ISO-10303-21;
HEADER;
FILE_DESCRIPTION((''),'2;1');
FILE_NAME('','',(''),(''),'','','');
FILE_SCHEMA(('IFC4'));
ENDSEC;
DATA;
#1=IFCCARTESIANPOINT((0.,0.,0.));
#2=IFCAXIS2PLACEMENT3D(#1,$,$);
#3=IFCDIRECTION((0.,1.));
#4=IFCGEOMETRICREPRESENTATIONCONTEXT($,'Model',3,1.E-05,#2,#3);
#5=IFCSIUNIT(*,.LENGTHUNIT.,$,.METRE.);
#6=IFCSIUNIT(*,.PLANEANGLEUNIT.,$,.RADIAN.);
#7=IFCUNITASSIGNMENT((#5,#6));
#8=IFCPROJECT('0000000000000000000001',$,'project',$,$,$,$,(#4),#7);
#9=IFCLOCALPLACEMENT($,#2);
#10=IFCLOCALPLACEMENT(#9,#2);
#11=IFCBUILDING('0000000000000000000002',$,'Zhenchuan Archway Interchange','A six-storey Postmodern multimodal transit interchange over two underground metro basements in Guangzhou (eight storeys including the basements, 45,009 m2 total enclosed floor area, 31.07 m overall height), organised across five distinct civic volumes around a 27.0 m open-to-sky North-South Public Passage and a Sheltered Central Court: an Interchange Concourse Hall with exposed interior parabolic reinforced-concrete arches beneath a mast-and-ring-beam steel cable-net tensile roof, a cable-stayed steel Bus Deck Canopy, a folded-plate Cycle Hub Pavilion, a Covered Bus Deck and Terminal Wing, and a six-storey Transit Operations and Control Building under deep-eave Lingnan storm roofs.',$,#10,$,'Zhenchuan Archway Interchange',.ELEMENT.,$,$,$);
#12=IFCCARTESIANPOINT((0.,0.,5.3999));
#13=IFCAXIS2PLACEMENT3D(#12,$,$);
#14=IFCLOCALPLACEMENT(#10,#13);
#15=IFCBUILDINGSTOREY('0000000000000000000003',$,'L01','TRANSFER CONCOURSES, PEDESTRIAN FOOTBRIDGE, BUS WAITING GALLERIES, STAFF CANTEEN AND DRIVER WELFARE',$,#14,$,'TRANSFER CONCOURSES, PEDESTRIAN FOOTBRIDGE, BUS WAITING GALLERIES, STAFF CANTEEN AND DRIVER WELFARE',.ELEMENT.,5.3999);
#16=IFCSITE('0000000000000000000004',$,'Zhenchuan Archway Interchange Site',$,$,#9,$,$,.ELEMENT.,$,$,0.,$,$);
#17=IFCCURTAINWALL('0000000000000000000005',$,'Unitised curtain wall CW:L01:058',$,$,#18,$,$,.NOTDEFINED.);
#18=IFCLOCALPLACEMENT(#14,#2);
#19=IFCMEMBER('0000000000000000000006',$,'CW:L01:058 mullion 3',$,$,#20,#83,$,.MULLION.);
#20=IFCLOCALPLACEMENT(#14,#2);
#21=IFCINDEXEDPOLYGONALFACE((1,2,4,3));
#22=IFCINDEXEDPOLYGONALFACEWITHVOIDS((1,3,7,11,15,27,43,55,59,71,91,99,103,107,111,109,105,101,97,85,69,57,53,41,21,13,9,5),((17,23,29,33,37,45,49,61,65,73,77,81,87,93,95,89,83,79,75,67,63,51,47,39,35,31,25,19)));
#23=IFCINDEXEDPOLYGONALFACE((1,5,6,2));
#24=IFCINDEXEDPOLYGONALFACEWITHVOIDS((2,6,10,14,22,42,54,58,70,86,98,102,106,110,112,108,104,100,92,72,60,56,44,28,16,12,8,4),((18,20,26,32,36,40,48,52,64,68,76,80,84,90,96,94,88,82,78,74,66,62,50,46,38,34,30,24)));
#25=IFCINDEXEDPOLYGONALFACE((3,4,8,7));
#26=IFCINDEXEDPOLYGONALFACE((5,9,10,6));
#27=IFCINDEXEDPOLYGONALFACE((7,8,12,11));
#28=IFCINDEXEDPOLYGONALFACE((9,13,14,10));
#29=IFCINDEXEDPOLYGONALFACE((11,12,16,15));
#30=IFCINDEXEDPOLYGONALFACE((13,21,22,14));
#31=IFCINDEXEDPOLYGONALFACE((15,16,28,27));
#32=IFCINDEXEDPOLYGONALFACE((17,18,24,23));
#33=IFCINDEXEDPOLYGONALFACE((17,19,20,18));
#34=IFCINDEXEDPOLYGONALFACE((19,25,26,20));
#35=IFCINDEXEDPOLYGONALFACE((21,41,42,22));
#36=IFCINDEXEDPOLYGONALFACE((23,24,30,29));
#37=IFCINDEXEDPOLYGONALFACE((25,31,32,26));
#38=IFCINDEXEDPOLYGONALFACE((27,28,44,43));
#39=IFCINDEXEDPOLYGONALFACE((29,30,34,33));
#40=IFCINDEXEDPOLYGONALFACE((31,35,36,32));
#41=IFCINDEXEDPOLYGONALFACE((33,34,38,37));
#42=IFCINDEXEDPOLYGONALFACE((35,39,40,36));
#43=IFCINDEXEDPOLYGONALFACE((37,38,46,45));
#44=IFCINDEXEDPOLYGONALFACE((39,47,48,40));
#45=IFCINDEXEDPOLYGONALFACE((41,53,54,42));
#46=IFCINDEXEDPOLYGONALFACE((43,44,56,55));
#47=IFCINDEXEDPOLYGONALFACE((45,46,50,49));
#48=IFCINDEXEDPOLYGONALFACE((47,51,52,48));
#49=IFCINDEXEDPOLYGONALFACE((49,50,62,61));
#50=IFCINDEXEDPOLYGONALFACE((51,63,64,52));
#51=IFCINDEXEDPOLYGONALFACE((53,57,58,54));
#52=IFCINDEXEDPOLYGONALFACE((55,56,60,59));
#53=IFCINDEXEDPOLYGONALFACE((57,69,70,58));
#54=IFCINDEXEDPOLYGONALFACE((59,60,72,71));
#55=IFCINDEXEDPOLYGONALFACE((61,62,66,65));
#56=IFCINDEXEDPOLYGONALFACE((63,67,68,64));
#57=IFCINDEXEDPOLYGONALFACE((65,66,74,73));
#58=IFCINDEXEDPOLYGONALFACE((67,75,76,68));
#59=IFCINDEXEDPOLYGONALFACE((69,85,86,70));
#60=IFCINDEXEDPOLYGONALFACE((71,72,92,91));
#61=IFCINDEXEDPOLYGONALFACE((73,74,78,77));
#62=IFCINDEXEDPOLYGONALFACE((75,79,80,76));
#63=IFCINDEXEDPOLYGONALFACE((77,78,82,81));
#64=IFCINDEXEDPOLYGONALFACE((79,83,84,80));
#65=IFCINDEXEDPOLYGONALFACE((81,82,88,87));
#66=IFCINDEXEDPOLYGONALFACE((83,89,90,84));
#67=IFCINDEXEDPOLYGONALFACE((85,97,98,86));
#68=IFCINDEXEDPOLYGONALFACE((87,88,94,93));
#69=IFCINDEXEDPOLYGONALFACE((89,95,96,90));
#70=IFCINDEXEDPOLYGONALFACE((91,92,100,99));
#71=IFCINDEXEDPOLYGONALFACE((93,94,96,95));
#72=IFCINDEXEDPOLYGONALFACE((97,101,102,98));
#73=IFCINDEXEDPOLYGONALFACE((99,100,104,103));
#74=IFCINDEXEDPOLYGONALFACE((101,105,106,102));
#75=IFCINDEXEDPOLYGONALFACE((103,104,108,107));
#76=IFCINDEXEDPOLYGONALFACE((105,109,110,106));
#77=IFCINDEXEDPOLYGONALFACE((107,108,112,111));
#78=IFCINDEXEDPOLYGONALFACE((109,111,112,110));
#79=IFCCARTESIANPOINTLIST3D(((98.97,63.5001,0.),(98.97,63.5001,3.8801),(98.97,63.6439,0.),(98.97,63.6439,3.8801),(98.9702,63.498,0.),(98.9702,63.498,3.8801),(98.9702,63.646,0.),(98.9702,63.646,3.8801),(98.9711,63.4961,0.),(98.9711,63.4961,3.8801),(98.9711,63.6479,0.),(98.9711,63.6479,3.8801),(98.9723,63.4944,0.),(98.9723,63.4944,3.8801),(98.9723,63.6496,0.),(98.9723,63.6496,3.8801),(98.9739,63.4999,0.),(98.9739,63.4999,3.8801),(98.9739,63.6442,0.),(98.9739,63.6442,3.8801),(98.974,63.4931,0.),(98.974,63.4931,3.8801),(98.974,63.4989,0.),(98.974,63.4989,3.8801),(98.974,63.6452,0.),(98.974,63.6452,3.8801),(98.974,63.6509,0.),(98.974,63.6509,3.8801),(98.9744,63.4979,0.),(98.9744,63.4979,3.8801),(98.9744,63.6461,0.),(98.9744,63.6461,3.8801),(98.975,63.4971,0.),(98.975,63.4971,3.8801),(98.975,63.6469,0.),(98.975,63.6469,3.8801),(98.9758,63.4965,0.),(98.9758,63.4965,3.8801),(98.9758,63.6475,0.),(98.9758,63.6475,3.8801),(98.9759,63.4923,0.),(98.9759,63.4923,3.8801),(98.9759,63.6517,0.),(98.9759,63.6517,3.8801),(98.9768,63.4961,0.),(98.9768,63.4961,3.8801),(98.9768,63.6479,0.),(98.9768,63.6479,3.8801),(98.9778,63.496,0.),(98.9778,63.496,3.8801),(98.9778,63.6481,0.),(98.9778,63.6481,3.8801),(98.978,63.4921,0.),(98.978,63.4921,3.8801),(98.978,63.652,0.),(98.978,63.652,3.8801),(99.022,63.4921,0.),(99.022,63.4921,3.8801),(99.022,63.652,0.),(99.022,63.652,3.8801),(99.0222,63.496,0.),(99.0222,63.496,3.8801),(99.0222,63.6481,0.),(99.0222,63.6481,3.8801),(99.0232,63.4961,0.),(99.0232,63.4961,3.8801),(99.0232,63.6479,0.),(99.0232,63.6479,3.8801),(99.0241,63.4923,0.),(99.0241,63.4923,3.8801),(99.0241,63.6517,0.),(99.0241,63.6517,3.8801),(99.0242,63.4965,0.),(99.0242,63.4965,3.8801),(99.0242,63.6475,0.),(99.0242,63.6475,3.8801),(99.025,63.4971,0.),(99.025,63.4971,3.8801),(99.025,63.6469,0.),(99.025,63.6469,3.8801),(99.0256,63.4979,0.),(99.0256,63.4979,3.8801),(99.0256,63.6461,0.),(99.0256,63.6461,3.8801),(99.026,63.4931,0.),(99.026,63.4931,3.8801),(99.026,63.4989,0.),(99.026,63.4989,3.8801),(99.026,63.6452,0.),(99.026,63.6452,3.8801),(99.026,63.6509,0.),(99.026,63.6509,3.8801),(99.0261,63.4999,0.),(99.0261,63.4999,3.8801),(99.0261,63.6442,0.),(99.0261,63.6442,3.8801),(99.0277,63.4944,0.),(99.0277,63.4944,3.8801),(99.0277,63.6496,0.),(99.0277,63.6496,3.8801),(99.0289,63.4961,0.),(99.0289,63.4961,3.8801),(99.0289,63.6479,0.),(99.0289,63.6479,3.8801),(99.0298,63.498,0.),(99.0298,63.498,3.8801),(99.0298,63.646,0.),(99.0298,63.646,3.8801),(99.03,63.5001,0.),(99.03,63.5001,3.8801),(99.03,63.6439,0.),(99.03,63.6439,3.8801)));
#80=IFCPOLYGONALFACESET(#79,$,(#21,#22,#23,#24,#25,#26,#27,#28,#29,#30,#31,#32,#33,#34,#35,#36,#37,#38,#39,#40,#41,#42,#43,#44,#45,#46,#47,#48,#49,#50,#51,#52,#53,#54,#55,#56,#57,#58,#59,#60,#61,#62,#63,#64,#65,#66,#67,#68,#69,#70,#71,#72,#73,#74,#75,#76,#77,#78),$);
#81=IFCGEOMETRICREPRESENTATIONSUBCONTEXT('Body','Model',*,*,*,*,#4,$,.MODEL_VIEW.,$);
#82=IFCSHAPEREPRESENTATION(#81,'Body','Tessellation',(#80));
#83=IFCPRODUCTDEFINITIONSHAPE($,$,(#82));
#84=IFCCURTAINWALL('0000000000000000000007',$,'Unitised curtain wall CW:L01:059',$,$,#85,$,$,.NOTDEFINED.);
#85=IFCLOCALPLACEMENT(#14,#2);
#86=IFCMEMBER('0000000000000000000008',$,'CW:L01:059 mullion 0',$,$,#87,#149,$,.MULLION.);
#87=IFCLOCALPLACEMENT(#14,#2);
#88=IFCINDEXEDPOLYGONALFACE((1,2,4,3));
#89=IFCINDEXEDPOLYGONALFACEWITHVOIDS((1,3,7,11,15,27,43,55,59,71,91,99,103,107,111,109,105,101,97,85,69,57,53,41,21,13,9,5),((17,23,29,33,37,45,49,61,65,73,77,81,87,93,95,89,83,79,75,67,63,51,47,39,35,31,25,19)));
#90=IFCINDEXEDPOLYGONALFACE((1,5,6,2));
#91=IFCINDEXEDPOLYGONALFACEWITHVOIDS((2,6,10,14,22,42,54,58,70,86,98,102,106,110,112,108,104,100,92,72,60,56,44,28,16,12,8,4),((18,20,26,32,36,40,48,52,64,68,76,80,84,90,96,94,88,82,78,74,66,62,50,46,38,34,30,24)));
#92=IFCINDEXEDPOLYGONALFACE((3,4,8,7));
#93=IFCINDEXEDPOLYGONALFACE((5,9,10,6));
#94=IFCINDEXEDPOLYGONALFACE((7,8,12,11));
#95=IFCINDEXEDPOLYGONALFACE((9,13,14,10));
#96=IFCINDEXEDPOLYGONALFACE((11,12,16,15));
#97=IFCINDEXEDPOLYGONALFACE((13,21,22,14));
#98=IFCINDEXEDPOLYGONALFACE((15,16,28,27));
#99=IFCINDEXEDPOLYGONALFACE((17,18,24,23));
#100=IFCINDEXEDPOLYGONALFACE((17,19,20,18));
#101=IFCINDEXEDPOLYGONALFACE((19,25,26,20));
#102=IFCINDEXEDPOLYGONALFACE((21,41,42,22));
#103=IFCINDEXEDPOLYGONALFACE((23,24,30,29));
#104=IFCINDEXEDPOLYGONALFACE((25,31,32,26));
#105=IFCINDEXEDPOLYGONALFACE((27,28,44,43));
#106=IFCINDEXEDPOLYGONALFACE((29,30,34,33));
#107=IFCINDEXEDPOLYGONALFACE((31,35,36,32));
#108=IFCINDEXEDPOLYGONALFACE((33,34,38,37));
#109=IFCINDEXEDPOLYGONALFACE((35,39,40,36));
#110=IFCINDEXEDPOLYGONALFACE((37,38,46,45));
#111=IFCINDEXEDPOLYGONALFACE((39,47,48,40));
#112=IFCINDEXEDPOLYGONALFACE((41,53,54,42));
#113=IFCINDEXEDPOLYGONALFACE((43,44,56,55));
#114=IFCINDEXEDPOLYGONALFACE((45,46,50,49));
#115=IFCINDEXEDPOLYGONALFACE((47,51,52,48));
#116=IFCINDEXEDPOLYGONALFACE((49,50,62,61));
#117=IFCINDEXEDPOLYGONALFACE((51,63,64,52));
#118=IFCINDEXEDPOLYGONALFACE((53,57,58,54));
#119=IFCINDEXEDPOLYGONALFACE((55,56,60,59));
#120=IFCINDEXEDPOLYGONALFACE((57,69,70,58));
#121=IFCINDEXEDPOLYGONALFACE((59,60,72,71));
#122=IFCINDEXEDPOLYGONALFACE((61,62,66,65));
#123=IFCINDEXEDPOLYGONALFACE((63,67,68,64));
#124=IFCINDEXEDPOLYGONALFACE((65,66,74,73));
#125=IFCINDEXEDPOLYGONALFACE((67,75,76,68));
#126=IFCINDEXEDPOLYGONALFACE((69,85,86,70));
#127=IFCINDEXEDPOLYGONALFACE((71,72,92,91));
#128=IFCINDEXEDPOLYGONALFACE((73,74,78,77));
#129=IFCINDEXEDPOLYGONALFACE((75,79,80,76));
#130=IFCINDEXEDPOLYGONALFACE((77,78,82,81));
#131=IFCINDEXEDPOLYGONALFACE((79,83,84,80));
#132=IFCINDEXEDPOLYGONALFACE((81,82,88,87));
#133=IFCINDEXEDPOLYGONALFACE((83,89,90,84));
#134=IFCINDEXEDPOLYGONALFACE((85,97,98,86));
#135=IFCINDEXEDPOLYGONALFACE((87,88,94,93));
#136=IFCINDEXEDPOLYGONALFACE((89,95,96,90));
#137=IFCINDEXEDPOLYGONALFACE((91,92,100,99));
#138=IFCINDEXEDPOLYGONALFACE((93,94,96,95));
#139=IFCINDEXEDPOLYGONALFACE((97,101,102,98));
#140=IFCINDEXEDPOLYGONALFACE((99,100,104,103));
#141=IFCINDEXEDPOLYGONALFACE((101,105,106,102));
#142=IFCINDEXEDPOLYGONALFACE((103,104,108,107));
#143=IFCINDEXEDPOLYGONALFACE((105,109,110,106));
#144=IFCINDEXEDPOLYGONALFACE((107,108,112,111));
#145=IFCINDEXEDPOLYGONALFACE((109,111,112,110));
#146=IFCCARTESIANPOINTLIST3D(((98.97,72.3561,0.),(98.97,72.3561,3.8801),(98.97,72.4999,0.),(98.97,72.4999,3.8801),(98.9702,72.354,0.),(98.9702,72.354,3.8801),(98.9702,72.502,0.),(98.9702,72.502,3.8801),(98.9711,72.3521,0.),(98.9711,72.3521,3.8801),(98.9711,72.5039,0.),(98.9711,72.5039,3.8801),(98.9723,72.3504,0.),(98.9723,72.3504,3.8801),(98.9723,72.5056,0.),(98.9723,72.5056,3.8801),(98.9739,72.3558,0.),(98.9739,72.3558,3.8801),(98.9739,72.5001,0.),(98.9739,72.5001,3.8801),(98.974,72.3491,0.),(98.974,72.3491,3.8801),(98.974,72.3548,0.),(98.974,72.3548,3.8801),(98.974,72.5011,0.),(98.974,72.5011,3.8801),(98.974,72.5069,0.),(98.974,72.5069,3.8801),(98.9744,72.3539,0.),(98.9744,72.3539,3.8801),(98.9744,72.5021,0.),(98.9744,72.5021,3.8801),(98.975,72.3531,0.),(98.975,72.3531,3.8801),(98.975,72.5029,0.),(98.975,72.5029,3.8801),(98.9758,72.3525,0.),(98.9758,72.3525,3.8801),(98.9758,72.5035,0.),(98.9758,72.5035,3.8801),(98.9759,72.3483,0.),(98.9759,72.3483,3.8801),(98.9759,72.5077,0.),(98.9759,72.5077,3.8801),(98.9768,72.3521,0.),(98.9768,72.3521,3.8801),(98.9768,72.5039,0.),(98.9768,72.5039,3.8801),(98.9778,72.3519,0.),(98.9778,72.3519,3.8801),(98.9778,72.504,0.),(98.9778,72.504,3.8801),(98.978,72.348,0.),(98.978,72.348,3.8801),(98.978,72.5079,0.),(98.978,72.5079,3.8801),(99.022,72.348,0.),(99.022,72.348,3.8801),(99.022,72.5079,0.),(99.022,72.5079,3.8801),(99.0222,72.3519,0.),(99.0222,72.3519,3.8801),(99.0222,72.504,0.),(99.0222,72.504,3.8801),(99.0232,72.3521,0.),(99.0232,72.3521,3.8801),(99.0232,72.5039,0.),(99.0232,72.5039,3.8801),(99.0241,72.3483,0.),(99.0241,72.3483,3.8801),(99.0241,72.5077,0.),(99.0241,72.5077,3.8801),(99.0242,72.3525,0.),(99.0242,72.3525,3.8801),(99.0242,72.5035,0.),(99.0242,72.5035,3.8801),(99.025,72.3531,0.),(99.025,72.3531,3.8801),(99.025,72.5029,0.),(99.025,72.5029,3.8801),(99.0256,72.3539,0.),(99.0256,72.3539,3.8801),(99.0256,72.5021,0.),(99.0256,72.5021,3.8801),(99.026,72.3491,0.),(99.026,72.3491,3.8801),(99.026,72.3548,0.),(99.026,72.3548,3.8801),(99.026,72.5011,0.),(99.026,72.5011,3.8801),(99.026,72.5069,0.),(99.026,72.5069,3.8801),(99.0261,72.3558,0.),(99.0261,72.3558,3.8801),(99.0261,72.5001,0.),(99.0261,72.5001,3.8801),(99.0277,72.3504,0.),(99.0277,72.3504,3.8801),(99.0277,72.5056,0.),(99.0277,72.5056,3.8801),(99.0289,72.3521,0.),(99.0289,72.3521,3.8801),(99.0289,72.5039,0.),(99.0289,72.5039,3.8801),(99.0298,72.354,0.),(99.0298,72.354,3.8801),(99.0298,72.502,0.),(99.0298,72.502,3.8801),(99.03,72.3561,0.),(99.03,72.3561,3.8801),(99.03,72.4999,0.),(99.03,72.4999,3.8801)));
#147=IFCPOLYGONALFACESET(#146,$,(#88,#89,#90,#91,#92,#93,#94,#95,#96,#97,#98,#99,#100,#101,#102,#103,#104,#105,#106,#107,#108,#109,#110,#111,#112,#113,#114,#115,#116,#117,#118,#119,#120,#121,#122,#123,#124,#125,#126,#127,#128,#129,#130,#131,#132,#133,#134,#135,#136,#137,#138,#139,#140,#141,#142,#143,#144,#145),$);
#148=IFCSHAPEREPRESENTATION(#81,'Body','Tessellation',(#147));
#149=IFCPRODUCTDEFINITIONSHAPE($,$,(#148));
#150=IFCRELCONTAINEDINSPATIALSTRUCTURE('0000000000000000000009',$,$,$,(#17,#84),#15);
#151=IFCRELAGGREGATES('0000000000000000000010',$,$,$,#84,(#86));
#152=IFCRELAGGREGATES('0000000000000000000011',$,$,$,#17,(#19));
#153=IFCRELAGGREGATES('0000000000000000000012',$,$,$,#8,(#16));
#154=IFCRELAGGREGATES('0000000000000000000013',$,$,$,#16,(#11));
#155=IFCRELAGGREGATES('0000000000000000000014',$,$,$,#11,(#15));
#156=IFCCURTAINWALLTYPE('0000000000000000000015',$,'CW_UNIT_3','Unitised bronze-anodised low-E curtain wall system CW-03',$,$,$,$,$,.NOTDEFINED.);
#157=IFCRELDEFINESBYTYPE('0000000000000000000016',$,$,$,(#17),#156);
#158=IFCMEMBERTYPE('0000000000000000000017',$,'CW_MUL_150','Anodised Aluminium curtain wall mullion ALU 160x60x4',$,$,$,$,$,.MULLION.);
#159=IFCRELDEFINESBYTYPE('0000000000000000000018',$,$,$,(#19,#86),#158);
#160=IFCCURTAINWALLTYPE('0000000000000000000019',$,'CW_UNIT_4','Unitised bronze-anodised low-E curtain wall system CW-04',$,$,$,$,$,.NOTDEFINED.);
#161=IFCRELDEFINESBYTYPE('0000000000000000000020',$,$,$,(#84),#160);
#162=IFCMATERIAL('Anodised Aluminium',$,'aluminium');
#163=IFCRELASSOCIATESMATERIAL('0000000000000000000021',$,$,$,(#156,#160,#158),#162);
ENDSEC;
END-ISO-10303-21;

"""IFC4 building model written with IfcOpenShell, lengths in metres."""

from ifc_helpers import new_model, si_unit, direction, frame, origin, origin_2d, place, context, subcontext, project, spatial, hollow_rectangle, extrude, material, material_profile, profile_set, type_object, element, aggregate, save


model = new_model("IFC4")

# Units and contexts
model_context = context("Model", 3, precision=1e-05, world=origin(), true_north=direction((0.0, 1.0)))
body_context = subcontext(model_context, "Body", "Model", "MODEL_VIEW")
ifc_project = project(units=[si_unit("LENGTHUNIT", "METRE"), si_unit("PLANEANGLEUNIT", "RADIAN")], contexts=[model_context])

# Site, building, storey
site_placement = place(None, origin())
site = spatial("IfcSite", under=ifc_project, at=site_placement, Name="Zhenchuan Archway Interchange Site", CompositionType="ELEMENT", RefElevation=0.0)
building_placement = place(site_placement, origin())
building = spatial("IfcBuilding", under=site, at=building_placement, Name="Zhenchuan Archway Interchange", Description="A six-storey Postmodern multimodal transit interchange over two underground metro basements in Guangzhou (eight storeys including the basements, 45,009 m2 total enclosed floor area, 31.07 m overall height), organised across five distinct civic volumes around a 27.0 m open-to-sky North-South Public Passage and a Sheltered Central Court: an Interchange Concourse Hall with exposed interior parabolic reinforced-concrete arches beneath a mast-and-ring-beam steel cable-net tensile roof, a cable-stayed steel Bus Deck Canopy, a folded-plate Cycle Hub Pavilion, a Covered Bus Deck and Terminal Wing, and a six-storey Transit Operations and Control Building under deep-eave Lingnan storm roofs.", LongName="Zhenchuan Archway Interchange", CompositionType="ELEMENT")
storey_placement = place(building_placement, frame((0.0, 0.0, 5.3999)))
storey = spatial("IfcBuildingStorey", under=building, at=storey_placement, Name="L01", Description="TRANSFER CONCOURSES, PEDESTRIAN FOOTBRIDGE, BUS WAITING GALLERIES, STAFF CANTEEN AND DRIVER WELFARE", LongName="TRANSFER CONCOURSES, PEDESTRIAN FOOTBRIDGE, BUS WAITING GALLERIES, STAFF CANTEEN AND DRIVER WELFARE", CompositionType="ELEMENT", Elevation=5.3999)

# Curtain wall, member
ifc_material_1 = material(Name="Anodised Aluminium", Category="aluminium")
curtain_wall_type_1 = type_object("IfcCurtainWallType", Name="CW_UNIT_3", Description="Unitised bronze-anodised low-E curtain wall system CW-03", PredefinedType="NOTDEFINED", material=ifc_material_1)
curtain_wall_1_placement = place(storey_placement, origin())
curtain_wall_1 = element("IfcCurtainWall", 1, at=curtain_wall_1_placement, inside=storey, type_object=curtain_wall_type_1, Name="Unitised curtain wall CW:L01:058", PredefinedType="NOTDEFINED")
ifc_material_profile_1 = material_profile(ifc_material_1, hollow_rectangle(XDim=0.0601, YDim=0.1599, WallThickness=0.0039, InnerFilletRadius=0.0039, OuterFilletRadius=0.0081, at=origin_2d()), Name="ALU 160x60x4")
ifc_profile_set_1 = profile_set([ifc_material_profile_1], Name="Anodised Aluminium")
member_type_1 = type_object("IfcMemberType", Name="CW_MUL_150", Description="Anodised Aluminium curtain wall mullion ALU 160x60x4", PredefinedType="MULLION", material=ifc_profile_set_1)
member_1_placement = place(storey_placement, frame((99.0, 63.572, 0.0), z_axis=(0.0, 0.0, 1.0), x_axis=(1.0, 0.0, 0.0)))
member_1 = element("IfcMember", 2, at=member_1_placement, type_object=member_type_1, Name="CW:L01:058 mullion 3", PredefinedType="MULLION", context=body_context, shape_type="SweptSolid", body=[
    extrude(hollow_rectangle(XDim=0.0601, YDim=0.1599, WallThickness=0.0039, InnerFilletRadius=0.0039, OuterFilletRadius=0.0081, at=origin_2d()), origin(), (0.0, 0.0, 1.0), 3.8801),
])

# Curtain wall, member
curtain_wall_type_2 = type_object("IfcCurtainWallType", Name="CW_UNIT_4", Description="Unitised bronze-anodised low-E curtain wall system CW-04", PredefinedType="NOTDEFINED", material=ifc_material_1)
curtain_wall_2_placement = place(storey_placement, origin())
curtain_wall_2 = element("IfcCurtainWall", 3, at=curtain_wall_2_placement, inside=storey, type_object=curtain_wall_type_2, Name="Unitised curtain wall CW:L01:059", PredefinedType="NOTDEFINED")
member_2_placement = place(storey_placement, frame((99.0, 72.428, 0.0), z_axis=(0.0, 0.0, 1.0), x_axis=(1.0, 0.0, 0.0)))
member_2 = element("IfcMember", 4, at=member_2_placement, type_object=member_type_1, Name="CW:L01:059 mullion 0", PredefinedType="MULLION", context=body_context, shape_type="SweptSolid", body=[
    extrude(hollow_rectangle(XDim=0.0601, YDim=0.1599, WallThickness=0.0039, InnerFilletRadius=0.0039, OuterFilletRadius=0.0081, at=origin_2d()), origin(), (0.0, 0.0, 1.0), 3.8801),
])

aggregate(curtain_wall_2, [member_2])

aggregate(curtain_wall_1, [member_1])

save(model, "model.ifc")
